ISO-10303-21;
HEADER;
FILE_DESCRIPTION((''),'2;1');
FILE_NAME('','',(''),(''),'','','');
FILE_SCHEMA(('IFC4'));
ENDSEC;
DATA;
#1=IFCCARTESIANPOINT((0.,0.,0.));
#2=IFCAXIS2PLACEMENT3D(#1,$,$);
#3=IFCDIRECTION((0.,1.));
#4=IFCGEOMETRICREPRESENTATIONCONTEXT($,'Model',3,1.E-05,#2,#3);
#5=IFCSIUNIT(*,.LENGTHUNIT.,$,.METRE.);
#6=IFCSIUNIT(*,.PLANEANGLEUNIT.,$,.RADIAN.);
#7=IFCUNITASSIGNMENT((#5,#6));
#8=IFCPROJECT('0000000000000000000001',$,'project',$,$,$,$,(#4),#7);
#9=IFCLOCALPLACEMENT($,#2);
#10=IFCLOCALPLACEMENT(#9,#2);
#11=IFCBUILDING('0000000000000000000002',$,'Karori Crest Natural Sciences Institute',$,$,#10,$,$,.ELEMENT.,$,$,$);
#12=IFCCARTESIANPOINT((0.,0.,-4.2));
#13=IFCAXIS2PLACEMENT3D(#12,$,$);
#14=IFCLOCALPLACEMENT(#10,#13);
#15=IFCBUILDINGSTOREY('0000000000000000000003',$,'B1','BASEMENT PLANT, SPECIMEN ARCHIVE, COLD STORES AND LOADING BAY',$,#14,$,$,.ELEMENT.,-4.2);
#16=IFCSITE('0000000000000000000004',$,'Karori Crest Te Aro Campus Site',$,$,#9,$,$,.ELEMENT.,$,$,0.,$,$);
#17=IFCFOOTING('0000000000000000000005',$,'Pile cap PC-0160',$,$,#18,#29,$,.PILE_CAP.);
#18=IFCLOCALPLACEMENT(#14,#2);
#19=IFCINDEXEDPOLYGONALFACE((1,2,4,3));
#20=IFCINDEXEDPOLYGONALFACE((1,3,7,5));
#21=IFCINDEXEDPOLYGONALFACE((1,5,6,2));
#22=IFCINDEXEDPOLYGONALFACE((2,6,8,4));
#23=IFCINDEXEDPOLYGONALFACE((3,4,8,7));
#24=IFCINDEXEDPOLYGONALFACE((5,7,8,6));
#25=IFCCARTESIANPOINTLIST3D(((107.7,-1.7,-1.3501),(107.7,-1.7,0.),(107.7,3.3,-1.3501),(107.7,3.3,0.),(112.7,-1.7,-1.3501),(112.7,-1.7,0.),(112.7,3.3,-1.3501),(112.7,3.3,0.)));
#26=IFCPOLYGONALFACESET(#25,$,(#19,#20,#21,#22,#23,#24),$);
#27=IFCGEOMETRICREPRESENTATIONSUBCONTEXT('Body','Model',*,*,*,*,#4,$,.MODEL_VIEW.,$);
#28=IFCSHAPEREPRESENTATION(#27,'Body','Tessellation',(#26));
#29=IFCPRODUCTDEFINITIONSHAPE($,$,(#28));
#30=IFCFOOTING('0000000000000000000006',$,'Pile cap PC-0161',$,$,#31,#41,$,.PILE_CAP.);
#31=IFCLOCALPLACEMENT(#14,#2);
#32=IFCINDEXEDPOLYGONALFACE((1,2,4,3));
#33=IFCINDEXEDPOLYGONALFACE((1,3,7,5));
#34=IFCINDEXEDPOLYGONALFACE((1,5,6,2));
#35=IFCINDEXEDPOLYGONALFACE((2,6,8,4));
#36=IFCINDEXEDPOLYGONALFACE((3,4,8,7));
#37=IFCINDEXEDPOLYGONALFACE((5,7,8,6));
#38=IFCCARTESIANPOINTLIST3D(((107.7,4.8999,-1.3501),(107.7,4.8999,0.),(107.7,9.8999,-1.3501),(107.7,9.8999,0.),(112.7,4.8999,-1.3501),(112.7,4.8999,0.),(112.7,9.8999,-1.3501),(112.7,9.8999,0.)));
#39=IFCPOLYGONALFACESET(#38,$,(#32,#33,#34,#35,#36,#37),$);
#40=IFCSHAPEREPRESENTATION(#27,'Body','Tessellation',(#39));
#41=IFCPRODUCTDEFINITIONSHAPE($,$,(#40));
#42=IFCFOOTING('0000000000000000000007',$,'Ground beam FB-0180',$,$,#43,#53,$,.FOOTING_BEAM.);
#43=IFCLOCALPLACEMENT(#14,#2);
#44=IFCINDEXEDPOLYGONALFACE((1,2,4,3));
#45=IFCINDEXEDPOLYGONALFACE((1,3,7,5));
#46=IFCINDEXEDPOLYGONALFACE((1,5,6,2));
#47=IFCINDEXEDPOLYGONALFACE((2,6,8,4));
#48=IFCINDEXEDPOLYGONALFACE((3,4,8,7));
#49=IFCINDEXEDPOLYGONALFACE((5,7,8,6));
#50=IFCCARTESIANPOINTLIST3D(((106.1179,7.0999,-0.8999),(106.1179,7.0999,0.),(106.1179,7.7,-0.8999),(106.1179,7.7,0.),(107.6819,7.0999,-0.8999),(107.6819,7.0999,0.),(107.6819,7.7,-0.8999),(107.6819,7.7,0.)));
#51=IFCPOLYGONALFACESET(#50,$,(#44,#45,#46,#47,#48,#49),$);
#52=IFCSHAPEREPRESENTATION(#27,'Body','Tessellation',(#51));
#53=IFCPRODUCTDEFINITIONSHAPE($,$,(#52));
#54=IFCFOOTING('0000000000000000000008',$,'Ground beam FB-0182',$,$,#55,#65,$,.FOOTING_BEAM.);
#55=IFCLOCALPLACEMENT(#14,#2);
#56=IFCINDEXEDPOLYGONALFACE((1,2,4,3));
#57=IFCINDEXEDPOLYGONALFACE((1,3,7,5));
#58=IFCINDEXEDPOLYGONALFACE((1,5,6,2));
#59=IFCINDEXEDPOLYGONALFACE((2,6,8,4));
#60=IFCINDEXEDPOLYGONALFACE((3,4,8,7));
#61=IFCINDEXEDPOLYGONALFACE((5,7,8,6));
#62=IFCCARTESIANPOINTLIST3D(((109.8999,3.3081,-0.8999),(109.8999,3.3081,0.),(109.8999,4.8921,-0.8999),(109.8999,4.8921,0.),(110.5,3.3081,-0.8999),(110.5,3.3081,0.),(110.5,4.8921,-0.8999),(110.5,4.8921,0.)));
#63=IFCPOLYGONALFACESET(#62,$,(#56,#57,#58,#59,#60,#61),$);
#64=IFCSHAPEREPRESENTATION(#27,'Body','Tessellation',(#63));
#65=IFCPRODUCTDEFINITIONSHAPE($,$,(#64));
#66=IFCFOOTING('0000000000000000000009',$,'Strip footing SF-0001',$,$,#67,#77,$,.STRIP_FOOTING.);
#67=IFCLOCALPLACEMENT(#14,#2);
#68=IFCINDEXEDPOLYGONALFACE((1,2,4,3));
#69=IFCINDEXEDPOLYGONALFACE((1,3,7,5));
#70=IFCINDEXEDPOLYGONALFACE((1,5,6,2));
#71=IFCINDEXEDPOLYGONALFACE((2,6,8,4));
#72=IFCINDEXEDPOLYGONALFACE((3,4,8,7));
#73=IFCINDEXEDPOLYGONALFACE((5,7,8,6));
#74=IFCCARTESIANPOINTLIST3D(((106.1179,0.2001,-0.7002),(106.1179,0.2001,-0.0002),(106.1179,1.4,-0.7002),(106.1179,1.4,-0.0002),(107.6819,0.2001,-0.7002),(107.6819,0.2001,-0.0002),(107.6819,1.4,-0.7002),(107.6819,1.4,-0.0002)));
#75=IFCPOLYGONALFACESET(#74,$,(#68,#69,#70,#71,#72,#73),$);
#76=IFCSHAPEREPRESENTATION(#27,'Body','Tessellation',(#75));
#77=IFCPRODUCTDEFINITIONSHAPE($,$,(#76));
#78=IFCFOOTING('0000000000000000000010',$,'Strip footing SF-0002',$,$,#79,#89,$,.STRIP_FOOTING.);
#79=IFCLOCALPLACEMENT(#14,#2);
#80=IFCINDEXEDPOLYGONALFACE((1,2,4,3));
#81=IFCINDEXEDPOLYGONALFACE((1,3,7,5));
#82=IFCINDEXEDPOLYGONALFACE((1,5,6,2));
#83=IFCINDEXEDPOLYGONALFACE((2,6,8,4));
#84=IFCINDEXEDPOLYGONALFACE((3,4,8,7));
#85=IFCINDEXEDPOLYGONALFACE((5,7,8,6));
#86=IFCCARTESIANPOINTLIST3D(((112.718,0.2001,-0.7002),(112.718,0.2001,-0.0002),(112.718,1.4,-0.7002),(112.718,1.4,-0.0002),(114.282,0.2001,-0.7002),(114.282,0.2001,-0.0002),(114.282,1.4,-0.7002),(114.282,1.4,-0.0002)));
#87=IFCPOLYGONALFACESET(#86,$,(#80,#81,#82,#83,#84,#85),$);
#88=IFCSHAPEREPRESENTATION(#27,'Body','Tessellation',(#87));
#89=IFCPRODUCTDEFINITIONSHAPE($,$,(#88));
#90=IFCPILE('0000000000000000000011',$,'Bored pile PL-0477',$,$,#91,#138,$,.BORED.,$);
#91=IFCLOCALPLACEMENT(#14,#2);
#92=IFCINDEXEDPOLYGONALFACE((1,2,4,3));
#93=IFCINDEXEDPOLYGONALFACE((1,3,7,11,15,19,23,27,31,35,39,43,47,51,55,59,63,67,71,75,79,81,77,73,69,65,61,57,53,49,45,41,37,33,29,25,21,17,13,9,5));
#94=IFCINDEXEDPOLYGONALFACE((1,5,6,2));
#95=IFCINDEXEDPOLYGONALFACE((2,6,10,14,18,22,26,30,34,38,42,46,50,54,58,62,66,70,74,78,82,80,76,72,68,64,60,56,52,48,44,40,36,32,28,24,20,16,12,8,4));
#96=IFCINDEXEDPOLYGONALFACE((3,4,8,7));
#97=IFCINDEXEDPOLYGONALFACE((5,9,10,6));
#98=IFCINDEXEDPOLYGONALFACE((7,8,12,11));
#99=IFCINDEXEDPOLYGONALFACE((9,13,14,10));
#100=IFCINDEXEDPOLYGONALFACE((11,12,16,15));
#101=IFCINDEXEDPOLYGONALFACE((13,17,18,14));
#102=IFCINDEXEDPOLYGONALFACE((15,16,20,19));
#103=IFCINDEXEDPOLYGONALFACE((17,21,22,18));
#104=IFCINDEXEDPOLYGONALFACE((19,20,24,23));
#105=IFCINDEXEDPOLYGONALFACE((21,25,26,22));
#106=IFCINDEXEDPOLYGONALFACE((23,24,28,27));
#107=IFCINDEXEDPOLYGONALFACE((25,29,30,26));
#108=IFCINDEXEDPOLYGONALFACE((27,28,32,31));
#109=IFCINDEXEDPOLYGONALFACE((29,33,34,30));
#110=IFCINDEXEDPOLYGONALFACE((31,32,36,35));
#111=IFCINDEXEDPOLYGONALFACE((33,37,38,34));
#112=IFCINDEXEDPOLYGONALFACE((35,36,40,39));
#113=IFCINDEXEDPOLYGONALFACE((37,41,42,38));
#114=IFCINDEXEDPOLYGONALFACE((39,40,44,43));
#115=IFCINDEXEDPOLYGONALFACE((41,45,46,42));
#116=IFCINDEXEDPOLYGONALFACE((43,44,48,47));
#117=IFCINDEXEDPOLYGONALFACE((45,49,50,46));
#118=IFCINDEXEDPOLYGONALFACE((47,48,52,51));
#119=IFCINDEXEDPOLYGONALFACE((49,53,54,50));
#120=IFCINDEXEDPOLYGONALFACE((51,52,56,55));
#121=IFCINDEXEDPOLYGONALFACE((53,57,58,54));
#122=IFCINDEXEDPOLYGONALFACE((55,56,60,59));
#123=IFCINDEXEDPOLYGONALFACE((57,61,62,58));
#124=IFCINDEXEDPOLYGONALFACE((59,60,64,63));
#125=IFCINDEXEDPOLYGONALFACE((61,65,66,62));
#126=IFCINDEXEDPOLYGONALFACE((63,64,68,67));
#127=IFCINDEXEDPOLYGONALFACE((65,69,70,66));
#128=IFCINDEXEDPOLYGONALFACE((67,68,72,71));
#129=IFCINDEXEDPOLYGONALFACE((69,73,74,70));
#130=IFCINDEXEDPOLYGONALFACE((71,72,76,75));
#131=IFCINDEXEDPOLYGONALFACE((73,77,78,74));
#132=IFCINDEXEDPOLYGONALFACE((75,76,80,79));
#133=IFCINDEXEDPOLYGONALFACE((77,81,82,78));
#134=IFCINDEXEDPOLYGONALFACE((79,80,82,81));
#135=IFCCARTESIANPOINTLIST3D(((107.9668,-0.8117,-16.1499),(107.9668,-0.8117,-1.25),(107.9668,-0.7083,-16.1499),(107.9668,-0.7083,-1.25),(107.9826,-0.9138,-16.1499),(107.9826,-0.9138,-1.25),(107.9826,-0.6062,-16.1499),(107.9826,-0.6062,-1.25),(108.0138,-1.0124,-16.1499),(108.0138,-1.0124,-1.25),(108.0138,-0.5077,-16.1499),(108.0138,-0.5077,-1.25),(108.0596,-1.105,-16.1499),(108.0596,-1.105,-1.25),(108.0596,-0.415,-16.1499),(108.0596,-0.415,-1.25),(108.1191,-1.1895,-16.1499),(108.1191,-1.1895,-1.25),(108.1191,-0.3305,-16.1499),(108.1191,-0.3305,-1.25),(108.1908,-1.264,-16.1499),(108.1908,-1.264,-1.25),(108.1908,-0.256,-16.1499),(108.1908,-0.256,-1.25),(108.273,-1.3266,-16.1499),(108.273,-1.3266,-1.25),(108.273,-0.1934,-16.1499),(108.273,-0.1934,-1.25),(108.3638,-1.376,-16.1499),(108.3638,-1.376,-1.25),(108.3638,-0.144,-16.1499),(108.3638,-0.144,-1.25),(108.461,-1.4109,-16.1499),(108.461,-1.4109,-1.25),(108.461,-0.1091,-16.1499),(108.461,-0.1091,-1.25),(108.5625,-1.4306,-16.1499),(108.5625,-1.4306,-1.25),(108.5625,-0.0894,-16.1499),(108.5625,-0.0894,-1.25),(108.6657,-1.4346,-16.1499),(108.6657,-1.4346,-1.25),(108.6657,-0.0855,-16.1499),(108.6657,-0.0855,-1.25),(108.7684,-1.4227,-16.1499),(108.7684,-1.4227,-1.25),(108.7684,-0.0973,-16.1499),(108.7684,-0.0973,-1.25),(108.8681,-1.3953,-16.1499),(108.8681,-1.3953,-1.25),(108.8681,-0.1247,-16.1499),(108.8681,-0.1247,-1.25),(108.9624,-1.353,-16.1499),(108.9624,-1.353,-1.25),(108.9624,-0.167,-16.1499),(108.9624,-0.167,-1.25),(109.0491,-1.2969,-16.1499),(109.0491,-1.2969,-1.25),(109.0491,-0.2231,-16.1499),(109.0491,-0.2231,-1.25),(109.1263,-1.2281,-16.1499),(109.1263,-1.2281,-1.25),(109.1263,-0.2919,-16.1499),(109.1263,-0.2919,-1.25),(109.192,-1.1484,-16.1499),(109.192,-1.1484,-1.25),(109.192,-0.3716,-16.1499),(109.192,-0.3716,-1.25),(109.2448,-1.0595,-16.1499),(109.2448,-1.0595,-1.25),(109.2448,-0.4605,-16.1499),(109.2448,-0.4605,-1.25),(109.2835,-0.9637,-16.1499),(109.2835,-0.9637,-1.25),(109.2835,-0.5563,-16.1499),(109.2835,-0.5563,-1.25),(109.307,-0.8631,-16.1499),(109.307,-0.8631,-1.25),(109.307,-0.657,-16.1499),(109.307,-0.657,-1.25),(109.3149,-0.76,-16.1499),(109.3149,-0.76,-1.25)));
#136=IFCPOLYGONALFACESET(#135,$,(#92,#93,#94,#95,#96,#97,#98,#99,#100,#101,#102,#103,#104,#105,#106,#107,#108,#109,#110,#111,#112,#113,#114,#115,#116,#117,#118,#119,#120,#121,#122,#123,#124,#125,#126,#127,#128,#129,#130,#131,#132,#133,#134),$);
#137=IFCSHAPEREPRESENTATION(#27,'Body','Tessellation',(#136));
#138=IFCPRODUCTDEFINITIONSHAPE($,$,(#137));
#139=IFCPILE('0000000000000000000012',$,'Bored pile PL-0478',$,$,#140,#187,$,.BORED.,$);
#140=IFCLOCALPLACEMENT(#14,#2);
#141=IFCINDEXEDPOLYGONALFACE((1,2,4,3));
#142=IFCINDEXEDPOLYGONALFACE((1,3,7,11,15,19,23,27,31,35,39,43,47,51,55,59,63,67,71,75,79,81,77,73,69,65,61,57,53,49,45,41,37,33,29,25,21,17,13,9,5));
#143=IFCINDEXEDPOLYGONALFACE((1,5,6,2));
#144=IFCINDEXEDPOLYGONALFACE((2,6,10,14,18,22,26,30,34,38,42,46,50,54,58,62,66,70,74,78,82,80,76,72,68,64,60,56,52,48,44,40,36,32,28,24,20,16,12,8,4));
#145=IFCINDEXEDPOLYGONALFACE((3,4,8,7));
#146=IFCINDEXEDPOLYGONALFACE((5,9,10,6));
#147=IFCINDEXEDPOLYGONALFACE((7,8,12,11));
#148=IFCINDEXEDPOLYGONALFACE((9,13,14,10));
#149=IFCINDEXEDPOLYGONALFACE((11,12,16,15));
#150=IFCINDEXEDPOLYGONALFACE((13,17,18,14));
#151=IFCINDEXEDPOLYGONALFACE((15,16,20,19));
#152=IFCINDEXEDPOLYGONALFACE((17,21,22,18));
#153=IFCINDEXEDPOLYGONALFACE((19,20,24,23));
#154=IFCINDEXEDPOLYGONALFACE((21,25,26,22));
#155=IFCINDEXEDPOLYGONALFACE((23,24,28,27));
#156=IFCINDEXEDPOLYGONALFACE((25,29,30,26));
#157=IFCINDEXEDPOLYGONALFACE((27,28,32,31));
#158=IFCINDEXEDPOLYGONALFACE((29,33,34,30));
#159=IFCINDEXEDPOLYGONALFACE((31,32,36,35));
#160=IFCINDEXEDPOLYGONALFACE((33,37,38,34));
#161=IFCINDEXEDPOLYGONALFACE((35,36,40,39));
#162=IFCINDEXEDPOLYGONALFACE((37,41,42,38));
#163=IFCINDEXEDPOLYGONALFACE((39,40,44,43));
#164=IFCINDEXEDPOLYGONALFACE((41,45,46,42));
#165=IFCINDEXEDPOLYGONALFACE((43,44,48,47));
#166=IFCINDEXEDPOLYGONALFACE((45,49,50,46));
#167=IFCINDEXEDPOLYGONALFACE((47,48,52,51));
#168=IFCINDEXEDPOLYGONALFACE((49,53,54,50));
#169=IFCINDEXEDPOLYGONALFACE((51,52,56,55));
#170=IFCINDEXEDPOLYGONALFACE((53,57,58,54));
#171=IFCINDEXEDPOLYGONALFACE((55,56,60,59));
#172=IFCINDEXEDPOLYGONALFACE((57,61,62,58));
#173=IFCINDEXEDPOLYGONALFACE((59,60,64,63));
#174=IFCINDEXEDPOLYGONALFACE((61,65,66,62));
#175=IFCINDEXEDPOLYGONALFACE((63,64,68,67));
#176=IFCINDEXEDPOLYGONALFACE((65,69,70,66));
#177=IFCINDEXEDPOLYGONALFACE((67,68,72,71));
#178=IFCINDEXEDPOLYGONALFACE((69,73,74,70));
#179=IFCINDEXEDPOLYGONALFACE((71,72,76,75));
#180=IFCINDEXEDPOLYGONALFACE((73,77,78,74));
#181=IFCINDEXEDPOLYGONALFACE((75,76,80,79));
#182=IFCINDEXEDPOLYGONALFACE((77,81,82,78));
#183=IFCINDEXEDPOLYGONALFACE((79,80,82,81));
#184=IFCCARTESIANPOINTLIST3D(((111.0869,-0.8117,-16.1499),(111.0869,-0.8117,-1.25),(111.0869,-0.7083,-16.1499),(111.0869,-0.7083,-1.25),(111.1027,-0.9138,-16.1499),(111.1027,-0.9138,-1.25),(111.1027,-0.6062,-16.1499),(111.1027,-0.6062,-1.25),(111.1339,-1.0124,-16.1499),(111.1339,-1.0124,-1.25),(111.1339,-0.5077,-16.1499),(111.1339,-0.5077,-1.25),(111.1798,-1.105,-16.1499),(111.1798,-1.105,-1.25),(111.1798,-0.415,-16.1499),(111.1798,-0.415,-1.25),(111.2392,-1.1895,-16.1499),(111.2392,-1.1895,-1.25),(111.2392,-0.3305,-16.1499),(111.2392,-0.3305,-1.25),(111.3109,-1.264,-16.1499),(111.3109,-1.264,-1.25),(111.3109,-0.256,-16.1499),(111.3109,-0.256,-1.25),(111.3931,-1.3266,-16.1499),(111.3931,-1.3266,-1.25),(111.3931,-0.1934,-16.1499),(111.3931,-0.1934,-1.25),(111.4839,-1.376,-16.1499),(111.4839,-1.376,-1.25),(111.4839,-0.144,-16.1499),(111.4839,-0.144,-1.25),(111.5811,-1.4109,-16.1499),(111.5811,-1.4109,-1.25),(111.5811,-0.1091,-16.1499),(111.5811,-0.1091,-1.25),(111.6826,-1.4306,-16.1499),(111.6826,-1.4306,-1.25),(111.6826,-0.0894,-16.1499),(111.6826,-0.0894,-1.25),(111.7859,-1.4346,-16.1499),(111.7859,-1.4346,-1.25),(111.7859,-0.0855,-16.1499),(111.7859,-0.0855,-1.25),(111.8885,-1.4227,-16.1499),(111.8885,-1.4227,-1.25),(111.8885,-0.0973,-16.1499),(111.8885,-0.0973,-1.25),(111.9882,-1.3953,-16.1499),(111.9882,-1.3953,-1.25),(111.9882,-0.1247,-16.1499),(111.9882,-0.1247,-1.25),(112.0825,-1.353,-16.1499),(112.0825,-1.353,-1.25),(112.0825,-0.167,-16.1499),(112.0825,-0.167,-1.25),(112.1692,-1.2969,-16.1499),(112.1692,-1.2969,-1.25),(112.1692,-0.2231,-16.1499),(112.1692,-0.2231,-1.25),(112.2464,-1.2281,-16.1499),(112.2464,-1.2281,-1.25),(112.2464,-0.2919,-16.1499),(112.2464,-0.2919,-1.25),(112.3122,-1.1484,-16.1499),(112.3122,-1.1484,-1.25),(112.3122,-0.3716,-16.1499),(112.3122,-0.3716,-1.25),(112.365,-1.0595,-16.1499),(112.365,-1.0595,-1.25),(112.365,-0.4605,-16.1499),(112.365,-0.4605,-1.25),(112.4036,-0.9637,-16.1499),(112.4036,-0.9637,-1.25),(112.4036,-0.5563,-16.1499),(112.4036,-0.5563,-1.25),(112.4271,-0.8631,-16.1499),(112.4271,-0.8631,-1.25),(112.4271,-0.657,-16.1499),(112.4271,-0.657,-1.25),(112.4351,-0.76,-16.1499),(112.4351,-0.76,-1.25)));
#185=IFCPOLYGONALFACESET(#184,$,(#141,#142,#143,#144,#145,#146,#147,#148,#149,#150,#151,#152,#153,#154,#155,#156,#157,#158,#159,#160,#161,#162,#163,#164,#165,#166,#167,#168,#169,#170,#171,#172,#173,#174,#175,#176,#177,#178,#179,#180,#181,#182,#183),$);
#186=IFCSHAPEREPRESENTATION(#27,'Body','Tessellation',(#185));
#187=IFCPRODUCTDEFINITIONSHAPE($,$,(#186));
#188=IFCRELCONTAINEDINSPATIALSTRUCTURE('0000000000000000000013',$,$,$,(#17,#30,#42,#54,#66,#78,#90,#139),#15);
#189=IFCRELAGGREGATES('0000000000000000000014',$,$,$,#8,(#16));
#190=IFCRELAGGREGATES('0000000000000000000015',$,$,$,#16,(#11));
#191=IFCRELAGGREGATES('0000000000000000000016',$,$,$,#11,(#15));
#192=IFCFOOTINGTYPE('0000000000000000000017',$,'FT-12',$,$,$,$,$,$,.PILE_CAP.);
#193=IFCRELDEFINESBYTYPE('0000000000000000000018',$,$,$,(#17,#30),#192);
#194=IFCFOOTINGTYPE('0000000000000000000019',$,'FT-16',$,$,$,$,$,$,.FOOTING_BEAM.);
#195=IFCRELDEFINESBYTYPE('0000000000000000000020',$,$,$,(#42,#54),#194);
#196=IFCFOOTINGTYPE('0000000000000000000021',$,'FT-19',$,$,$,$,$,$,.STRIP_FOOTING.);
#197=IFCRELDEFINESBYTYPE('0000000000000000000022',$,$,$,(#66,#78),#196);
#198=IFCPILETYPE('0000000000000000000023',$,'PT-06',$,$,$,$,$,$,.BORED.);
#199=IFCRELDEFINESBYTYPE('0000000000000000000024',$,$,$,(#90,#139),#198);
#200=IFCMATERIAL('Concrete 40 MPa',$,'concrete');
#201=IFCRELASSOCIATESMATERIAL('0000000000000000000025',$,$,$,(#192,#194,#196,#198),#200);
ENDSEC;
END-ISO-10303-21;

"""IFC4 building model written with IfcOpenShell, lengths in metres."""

from ifc_helpers import new_model, si_unit, direction, frame, origin, origin_2d, place, context, subcontext, project, spatial, rectangle, circle, extrude, material, material_profile, profile_set, type_object, element, save


model = new_model("IFC4")

# Units and contexts
model_context = context("Model", 3, precision=1e-05, world=origin(), true_north=direction((0.0, 1.0)))
body_context = subcontext(model_context, "Body", "Model", "MODEL_VIEW")
ifc_project = project(units=[si_unit("LENGTHUNIT", "METRE"), si_unit("PLANEANGLEUNIT", "RADIAN")], contexts=[model_context])

# Site, building, storey
site_placement = place(None, origin())
site = spatial("IfcSite", under=ifc_project, at=site_placement, Name="Karori Crest Te Aro Campus Site", CompositionType="ELEMENT", RefElevation=0.0)
building_placement = place(site_placement, origin())
building = spatial("IfcBuilding", under=site, at=building_placement, Name="Karori Crest Natural Sciences Institute", CompositionType="ELEMENT")
storey_placement = place(building_placement, frame((0.0, 0.0, -4.2)))
storey = spatial("IfcBuildingStorey", under=building, at=storey_placement, Name="B1", Description="BASEMENT PLANT, SPECIMEN ARCHIVE, COLD STORES AND LOADING BAY", CompositionType="ELEMENT", Elevation=-4.2)

# Footings
ifc_material_1 = material(Name="Concrete 40 MPa", Category="concrete")
footing_type_1 = type_object("IfcFootingType", Name="FT-12", PredefinedType="PILE_CAP", material=ifc_material_1)
for number, where, z_axis, x_axis, name in (
    (1, (110.2, 0.8, -1.3501), (0.0, 0.0, 1.0), (1.0, 0.0, 0.0), "Pile cap PC-0160"),
    (2, (110.2, 7.3999, -1.3501), (0.0, 0.0, 1.0), (1.0, 0.0, 0.0), "Pile cap PC-0161"),
):
    element("IfcFooting", number, at=place(storey_placement, frame(where, z_axis=z_axis, x_axis=x_axis)), inside=storey, type_object=footing_type_1, Name=name, PredefinedType="PILE_CAP", context=body_context, shape_type="SweptSolid", body=[
        extrude(rectangle(XDim=5.0, YDim=5.0, at=origin_2d()), origin(), (0.0, 0.0, 1.0), 1.3501),
    ])
footing_type_2 = type_object("IfcFootingType", Name="FT-16", PredefinedType="FOOTING_BEAM", material=ifc_material_1)
footing_1_placement = place(storey_placement, frame((106.8999, 7.3999, -0.8999), z_axis=(0.0, 0.0, 1.0), x_axis=(1.0, 0.0, 0.0)))
element("IfcFooting", 3, at=footing_1_placement, inside=storey, type_object=footing_type_2, Name="Ground beam FB-0180", PredefinedType="FOOTING_BEAM", context=body_context, shape_type="SweptSolid", body=[
    extrude(rectangle(XDim=1.564, YDim=0.6001, at=origin_2d()), origin(), (0.0, 0.0, 1.0), 0.8999),
])
footing_2_placement = place(storey_placement, frame((110.2, 4.1001, -0.8999), z_axis=(0.0, 0.0, 1.0), x_axis=(0.0, 1.0, 0.0)))
element("IfcFooting", 4, at=footing_2_placement, inside=storey, type_object=footing_type_2, Name="Ground beam FB-0182", PredefinedType="FOOTING_BEAM", context=body_context, shape_type="SweptSolid", body=[
    extrude(rectangle(XDim=1.584, YDim=0.6001, at=origin_2d()), origin(), (0.0, 0.0, 1.0), 0.8999),
])
footing_type_3 = type_object("IfcFootingType", Name="FT-19", PredefinedType="STRIP_FOOTING", material=ifc_material_1)
for number, where, z_axis, x_axis, name in (
    (5, (106.8999, 0.8, -0.7002), (0.0, 0.0, 1.0), (1.0, 0.0, 0.0), "Strip footing SF-0001"),
    (6, (113.5, 0.8, -0.7002), (0.0, 0.0, 1.0), (1.0, 0.0, 0.0), "Strip footing SF-0002"),
):
    element("IfcFooting", number, at=place(storey_placement, frame(where, z_axis=z_axis, x_axis=x_axis)), inside=storey, type_object=footing_type_3, Name=name, PredefinedType="STRIP_FOOTING", context=body_context, shape_type="SweptSolid", body=[
        extrude(rectangle(XDim=1.564, YDim=1.2, at=origin_2d()), origin(), (0.0, 0.0, 1.0), 0.7),
    ])

# Piles
ifc_material_profile_1 = material_profile(ifc_material_1, circle(Radius=0.675, at=origin_2d()), Name="PILE1350")
ifc_profile_set_1 = profile_set([ifc_material_profile_1], Name="Concrete 40 MPa")
pile_type = type_object("IfcPileType", Name="PT-06", PredefinedType="BORED", material=ifc_profile_set_1)
for number, where, z_axis, x_axis, name in (
    (7, (108.6399, -0.76, -1.25), (0.0, 0.0, -1.0), (1.0, 0.0, 0.0), "Bored pile PL-0477"),
    (8, (111.76, -0.76, -1.25), (0.0, 0.0, -1.0), (1.0, 0.0, 0.0), "Bored pile PL-0478"),
):
    element("IfcPile", number, at=place(storey_placement, frame(where, z_axis=z_axis, x_axis=x_axis)), inside=storey, type_object=pile_type, Name=name, PredefinedType="BORED", context=body_context, shape_type="SweptSolid", body=[
        extrude(circle(Radius=0.675, at=origin_2d()), origin(), (0.0, 0.0, 1.0), 14.8999),
    ])

save(model, "model.ifc")
